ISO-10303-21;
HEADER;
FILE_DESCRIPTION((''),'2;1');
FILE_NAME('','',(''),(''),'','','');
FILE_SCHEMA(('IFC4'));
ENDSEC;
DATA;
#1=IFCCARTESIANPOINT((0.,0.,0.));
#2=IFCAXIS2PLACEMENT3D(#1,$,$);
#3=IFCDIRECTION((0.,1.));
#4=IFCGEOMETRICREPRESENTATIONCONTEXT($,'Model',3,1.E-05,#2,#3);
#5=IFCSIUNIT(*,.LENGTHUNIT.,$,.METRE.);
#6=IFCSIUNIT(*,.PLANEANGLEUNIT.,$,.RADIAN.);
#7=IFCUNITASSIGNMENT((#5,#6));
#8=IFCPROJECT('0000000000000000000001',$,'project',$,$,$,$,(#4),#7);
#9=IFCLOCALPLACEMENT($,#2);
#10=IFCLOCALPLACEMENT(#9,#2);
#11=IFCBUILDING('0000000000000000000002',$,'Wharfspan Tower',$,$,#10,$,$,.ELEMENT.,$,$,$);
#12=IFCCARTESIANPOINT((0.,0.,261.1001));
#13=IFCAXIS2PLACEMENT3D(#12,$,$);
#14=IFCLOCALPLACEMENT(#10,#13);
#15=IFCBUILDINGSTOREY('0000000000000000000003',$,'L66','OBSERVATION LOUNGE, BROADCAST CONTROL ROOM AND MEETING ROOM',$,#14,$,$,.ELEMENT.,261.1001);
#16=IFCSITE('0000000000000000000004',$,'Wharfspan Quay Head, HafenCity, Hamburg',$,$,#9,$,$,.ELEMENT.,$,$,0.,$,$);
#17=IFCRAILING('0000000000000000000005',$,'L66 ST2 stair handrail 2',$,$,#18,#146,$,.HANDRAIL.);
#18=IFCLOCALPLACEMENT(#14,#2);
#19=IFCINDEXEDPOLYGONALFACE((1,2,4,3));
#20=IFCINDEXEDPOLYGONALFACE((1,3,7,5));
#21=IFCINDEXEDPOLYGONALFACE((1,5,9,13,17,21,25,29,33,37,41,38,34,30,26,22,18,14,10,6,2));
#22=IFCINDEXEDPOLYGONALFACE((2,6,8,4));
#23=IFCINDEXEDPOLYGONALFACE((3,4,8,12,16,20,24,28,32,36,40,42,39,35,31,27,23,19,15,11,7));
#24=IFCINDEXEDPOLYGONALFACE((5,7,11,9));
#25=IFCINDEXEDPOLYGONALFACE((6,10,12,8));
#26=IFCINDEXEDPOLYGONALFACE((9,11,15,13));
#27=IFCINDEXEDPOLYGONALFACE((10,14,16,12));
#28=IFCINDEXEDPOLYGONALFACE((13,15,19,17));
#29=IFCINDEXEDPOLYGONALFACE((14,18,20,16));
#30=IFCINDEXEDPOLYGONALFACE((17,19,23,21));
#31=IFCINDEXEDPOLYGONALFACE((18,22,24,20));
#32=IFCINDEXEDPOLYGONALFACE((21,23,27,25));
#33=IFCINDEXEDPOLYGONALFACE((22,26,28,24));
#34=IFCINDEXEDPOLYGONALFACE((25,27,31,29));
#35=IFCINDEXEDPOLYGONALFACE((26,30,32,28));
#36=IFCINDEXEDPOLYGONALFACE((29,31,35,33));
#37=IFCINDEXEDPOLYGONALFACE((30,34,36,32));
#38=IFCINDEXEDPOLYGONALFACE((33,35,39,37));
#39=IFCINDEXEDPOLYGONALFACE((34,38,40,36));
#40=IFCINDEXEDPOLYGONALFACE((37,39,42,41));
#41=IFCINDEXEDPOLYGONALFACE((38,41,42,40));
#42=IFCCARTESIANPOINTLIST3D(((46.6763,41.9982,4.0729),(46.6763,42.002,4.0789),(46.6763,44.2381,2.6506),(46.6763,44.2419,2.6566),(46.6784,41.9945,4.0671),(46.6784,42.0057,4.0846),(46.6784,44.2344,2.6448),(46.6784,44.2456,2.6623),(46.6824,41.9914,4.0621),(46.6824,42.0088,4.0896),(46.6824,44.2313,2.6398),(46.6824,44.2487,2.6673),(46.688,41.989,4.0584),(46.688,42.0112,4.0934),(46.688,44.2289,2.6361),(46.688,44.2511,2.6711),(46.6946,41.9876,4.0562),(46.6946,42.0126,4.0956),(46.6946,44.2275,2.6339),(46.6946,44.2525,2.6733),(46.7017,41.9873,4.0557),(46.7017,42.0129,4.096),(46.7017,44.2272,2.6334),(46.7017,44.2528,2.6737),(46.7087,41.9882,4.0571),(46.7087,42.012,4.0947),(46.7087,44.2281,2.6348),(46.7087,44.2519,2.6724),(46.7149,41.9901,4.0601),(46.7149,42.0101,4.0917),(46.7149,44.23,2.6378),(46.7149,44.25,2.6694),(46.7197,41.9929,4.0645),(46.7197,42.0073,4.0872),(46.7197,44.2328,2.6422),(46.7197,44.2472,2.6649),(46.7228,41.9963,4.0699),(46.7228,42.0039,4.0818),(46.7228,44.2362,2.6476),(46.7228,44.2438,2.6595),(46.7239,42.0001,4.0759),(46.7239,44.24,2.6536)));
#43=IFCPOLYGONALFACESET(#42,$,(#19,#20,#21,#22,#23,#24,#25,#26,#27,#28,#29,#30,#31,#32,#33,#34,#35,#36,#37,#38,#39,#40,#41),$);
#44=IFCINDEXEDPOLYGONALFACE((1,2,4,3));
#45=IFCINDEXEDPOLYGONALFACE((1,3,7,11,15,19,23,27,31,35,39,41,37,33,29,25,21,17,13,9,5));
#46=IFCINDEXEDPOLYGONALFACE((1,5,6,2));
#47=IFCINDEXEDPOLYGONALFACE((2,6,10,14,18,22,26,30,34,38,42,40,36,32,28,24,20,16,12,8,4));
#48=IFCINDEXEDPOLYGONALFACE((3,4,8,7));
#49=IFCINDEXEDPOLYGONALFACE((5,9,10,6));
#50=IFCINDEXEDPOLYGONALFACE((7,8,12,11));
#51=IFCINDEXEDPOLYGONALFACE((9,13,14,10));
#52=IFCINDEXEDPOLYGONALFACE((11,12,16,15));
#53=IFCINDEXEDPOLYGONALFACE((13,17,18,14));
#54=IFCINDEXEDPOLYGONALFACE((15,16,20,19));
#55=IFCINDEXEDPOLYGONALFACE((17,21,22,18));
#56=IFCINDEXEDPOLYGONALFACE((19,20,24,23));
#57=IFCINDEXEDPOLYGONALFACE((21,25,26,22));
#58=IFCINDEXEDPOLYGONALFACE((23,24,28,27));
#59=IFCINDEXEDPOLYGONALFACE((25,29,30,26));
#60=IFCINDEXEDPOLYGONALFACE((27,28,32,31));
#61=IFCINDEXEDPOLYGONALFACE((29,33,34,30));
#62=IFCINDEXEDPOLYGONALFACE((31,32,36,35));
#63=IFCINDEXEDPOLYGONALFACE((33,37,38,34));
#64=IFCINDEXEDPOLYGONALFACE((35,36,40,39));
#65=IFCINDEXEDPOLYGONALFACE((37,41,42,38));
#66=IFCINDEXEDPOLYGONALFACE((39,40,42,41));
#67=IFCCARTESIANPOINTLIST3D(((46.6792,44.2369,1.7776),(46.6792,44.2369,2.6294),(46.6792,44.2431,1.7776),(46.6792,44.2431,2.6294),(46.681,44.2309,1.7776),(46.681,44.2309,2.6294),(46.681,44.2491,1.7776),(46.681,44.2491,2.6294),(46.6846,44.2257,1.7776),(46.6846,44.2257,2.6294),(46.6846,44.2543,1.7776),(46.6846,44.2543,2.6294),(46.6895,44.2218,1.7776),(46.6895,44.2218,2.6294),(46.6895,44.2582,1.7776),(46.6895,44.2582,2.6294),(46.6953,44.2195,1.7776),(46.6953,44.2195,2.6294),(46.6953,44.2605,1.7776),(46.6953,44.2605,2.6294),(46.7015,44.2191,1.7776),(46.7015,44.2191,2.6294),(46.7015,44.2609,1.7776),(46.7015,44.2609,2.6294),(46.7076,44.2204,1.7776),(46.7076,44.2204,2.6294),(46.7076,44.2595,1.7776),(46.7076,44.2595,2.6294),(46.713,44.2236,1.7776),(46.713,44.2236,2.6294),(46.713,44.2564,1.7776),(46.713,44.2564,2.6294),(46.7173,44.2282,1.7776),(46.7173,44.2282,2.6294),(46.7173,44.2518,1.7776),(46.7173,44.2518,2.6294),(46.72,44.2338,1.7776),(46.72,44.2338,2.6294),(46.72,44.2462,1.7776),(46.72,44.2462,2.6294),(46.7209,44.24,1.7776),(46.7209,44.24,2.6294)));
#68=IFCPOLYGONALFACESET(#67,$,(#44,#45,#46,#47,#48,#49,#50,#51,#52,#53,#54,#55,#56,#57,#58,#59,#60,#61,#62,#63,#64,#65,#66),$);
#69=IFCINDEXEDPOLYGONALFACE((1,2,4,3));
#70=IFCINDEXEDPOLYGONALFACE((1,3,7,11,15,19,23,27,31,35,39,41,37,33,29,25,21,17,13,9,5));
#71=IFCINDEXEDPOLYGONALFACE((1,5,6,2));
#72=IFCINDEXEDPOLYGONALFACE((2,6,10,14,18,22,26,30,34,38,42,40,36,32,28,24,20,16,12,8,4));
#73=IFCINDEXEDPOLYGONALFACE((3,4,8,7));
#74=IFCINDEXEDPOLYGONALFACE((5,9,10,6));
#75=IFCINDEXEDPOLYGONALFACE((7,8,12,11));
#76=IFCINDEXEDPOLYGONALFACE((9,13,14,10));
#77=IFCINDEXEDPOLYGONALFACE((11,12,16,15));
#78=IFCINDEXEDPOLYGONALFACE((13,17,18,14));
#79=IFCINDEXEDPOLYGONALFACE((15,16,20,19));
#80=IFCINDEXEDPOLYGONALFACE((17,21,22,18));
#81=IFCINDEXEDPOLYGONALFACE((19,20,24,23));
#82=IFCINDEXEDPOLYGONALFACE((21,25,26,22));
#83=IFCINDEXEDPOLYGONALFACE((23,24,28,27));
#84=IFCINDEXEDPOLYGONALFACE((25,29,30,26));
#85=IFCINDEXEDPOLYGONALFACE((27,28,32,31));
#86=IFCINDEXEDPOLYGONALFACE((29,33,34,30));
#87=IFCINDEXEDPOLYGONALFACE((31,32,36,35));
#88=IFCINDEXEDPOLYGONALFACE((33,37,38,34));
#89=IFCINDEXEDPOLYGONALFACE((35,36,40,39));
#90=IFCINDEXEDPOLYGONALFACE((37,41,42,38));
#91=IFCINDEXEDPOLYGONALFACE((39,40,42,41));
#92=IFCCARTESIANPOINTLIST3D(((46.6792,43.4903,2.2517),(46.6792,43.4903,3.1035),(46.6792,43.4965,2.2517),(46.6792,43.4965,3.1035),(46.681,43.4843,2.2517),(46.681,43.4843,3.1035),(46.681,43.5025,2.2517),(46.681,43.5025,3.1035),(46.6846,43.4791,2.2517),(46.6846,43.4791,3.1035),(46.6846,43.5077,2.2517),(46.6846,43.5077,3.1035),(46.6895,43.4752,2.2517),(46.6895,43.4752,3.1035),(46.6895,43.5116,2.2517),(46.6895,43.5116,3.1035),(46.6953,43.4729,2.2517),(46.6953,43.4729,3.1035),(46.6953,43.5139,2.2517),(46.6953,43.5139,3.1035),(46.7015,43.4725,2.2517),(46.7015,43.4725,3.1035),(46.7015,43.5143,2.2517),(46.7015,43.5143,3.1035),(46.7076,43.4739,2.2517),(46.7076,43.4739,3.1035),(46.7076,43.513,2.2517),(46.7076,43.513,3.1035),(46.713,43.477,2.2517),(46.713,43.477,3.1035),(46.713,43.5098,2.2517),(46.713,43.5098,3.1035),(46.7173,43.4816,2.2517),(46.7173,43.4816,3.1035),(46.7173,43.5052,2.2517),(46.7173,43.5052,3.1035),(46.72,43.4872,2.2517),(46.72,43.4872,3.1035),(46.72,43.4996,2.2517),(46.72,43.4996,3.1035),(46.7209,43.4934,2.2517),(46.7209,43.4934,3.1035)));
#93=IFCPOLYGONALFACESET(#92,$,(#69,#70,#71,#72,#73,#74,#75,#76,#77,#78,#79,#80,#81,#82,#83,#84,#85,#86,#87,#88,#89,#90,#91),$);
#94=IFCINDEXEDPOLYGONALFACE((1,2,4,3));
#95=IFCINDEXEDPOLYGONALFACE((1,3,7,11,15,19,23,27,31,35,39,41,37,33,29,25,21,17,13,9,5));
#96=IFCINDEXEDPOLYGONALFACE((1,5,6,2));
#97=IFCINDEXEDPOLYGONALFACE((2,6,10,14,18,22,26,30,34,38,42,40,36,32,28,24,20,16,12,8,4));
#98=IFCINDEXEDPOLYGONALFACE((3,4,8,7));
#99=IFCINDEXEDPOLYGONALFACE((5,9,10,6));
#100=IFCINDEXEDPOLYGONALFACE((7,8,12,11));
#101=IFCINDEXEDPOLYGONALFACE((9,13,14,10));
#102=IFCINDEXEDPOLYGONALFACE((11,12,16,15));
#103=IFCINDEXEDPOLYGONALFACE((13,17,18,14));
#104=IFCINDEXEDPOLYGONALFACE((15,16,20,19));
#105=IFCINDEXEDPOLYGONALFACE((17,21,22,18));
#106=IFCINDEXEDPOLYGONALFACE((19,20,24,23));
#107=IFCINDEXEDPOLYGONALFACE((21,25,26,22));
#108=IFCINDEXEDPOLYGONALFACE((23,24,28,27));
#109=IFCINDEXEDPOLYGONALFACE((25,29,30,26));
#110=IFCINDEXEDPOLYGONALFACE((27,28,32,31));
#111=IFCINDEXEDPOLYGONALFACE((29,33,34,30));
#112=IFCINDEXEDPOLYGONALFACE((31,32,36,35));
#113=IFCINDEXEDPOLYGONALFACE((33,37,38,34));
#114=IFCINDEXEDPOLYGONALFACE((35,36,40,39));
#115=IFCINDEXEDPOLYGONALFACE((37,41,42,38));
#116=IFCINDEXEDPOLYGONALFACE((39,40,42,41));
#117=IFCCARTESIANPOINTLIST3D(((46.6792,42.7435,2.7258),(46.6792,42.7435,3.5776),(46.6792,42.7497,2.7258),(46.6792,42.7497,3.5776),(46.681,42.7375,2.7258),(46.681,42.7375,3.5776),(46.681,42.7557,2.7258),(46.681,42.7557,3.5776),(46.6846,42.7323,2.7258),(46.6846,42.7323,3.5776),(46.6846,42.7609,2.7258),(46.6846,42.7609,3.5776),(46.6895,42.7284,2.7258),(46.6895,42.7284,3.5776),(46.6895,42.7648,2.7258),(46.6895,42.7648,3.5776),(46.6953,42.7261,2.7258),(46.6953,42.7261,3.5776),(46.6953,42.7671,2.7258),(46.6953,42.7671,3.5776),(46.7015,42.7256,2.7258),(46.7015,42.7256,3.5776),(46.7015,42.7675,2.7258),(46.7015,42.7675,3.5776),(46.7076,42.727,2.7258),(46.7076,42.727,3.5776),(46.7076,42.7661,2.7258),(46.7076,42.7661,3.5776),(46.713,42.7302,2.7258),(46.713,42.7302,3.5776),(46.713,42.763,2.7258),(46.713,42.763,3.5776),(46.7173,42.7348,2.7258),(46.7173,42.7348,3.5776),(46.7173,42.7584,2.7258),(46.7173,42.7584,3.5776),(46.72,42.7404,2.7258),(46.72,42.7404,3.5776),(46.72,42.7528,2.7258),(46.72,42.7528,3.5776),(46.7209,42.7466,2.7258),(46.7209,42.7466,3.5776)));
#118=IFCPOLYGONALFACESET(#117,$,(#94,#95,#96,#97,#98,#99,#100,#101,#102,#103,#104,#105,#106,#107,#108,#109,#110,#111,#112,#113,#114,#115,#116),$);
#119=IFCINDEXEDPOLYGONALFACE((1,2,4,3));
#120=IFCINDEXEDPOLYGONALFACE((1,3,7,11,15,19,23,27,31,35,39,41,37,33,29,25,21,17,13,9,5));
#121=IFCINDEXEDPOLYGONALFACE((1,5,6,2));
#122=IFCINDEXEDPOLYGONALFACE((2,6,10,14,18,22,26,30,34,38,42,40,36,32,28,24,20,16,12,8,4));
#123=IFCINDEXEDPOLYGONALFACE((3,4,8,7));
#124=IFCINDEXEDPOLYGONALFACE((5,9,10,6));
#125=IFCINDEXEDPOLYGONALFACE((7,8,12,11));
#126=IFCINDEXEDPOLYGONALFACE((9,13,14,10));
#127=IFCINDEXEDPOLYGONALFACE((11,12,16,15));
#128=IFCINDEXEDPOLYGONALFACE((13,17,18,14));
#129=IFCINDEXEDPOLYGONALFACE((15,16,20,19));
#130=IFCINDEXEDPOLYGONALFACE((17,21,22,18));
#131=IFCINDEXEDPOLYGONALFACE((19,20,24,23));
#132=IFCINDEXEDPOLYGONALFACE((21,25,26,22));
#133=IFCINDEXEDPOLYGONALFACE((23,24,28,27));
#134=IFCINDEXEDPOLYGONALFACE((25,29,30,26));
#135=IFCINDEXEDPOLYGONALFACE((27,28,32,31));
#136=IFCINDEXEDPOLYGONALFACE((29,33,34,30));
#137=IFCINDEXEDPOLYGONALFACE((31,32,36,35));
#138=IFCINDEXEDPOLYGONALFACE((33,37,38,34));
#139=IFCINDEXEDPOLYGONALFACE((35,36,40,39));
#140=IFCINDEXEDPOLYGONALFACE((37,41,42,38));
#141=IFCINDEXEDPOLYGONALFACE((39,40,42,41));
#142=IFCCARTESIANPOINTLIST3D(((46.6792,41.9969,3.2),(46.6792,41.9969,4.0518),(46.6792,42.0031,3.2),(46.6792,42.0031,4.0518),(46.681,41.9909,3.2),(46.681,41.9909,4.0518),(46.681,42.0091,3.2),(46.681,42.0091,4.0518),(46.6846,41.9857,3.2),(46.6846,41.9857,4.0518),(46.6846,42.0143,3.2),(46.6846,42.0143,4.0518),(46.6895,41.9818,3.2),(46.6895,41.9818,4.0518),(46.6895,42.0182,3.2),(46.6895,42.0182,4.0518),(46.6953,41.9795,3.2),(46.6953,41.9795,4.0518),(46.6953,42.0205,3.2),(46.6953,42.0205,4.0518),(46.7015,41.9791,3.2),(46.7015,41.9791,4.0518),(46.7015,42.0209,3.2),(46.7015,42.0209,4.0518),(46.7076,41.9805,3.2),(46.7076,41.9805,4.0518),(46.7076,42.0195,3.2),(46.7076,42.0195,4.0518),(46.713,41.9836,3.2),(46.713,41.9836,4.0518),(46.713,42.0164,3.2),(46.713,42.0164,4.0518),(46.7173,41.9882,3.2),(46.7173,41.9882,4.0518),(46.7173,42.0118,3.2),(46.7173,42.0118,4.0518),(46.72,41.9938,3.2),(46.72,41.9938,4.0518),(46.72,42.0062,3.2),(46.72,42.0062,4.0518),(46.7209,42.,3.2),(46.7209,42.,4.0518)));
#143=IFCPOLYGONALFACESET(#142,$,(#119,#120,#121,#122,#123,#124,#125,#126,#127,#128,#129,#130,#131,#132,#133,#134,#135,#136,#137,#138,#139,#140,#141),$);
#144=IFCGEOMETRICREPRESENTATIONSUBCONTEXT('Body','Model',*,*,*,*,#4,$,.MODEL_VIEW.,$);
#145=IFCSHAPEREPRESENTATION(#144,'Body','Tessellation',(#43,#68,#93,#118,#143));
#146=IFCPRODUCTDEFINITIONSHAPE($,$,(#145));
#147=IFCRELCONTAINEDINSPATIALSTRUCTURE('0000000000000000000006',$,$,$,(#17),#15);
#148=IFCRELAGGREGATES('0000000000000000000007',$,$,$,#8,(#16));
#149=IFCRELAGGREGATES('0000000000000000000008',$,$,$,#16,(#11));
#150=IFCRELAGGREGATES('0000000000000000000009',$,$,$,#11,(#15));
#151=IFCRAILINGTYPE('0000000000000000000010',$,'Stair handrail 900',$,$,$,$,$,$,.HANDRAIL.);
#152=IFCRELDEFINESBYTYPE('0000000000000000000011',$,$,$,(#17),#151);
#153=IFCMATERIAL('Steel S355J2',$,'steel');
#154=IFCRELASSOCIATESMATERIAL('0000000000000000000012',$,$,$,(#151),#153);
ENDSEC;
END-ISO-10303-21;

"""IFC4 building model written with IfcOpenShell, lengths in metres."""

from ifc_helpers import new_model, si_unit, direction, frame, origin, origin_2d, place, context, subcontext, project, spatial, circle, extrude, material, type_object, element, save


model = new_model("IFC4")

# Units and contexts
model_context = context("Model", 3, precision=1e-05, world=origin(), true_north=direction((0.0, 1.0)))
body_context = subcontext(model_context, "Body", "Model", "MODEL_VIEW")
ifc_project = project(units=[si_unit("LENGTHUNIT", "METRE"), si_unit("PLANEANGLEUNIT", "RADIAN")], contexts=[model_context])

# Site, building, storey
site_placement = place(None, origin())
site = spatial("IfcSite", under=ifc_project, at=site_placement, Name="Wharfspan Quay Head, HafenCity, Hamburg", CompositionType="ELEMENT", RefElevation=0.0)
building_placement = place(site_placement, origin())
building = spatial("IfcBuilding", under=site, at=building_placement, Name="Wharfspan Tower", CompositionType="ELEMENT")
storey_placement = place(building_placement, frame((0.0, 0.0, 261.1001)))
storey = spatial("IfcBuildingStorey", under=building, at=storey_placement, Name="L66", Description="OBSERVATION LOUNGE, BROADCAST CONTROL ROOM AND MEETING ROOM", CompositionType="ELEMENT", Elevation=261.1001)

# Railing
ifc_material_1 = material(Name="Steel S355J2", Category="steel")
railing_type_1 = type_object("IfcRailingType", Name="Stair handrail 900", PredefinedType="HANDRAIL", material=ifc_material_1)
railing_1_placement = place(storey_placement, frame((46.7, 44.24, 1.7776)))
element("IfcRailing", 1, at=railing_1_placement, inside=storey, type_object=railing_type_1, Name="L66 ST2 stair handrail 2", PredefinedType="HANDRAIL", context=body_context, shape_type="SweptSolid", body=[
    extrude(circle(Radius=0.0239, at=origin_2d()), frame((0.0, 0.0, 0.876), z_axis=(0.0, -0.844188, 0.536048), x_axis=(1.0, 0.0, 0.0)), (0.0, 0.0, 1.0), 2.6533),
    extrude(circle(Radius=0.021, at=origin_2d()), origin(), (0.0, 0.0, 1.0), 0.8518),
    extrude(circle(Radius=0.021, at=origin_2d()), frame((0.0, -0.7466, 0.4741)), (0.0, 0.0, 1.0), 0.8518),
    extrude(circle(Radius=0.021, at=origin_2d()), frame((0.0, -1.4934, 0.9482)), (0.0, 0.0, 1.0), 0.8518),
    extrude(circle(Radius=0.021, at=origin_2d()), frame((0.0, -2.24, 1.4224)), (0.0, 0.0, 1.0), 0.8518),
])

save(model, "model.ifc")
